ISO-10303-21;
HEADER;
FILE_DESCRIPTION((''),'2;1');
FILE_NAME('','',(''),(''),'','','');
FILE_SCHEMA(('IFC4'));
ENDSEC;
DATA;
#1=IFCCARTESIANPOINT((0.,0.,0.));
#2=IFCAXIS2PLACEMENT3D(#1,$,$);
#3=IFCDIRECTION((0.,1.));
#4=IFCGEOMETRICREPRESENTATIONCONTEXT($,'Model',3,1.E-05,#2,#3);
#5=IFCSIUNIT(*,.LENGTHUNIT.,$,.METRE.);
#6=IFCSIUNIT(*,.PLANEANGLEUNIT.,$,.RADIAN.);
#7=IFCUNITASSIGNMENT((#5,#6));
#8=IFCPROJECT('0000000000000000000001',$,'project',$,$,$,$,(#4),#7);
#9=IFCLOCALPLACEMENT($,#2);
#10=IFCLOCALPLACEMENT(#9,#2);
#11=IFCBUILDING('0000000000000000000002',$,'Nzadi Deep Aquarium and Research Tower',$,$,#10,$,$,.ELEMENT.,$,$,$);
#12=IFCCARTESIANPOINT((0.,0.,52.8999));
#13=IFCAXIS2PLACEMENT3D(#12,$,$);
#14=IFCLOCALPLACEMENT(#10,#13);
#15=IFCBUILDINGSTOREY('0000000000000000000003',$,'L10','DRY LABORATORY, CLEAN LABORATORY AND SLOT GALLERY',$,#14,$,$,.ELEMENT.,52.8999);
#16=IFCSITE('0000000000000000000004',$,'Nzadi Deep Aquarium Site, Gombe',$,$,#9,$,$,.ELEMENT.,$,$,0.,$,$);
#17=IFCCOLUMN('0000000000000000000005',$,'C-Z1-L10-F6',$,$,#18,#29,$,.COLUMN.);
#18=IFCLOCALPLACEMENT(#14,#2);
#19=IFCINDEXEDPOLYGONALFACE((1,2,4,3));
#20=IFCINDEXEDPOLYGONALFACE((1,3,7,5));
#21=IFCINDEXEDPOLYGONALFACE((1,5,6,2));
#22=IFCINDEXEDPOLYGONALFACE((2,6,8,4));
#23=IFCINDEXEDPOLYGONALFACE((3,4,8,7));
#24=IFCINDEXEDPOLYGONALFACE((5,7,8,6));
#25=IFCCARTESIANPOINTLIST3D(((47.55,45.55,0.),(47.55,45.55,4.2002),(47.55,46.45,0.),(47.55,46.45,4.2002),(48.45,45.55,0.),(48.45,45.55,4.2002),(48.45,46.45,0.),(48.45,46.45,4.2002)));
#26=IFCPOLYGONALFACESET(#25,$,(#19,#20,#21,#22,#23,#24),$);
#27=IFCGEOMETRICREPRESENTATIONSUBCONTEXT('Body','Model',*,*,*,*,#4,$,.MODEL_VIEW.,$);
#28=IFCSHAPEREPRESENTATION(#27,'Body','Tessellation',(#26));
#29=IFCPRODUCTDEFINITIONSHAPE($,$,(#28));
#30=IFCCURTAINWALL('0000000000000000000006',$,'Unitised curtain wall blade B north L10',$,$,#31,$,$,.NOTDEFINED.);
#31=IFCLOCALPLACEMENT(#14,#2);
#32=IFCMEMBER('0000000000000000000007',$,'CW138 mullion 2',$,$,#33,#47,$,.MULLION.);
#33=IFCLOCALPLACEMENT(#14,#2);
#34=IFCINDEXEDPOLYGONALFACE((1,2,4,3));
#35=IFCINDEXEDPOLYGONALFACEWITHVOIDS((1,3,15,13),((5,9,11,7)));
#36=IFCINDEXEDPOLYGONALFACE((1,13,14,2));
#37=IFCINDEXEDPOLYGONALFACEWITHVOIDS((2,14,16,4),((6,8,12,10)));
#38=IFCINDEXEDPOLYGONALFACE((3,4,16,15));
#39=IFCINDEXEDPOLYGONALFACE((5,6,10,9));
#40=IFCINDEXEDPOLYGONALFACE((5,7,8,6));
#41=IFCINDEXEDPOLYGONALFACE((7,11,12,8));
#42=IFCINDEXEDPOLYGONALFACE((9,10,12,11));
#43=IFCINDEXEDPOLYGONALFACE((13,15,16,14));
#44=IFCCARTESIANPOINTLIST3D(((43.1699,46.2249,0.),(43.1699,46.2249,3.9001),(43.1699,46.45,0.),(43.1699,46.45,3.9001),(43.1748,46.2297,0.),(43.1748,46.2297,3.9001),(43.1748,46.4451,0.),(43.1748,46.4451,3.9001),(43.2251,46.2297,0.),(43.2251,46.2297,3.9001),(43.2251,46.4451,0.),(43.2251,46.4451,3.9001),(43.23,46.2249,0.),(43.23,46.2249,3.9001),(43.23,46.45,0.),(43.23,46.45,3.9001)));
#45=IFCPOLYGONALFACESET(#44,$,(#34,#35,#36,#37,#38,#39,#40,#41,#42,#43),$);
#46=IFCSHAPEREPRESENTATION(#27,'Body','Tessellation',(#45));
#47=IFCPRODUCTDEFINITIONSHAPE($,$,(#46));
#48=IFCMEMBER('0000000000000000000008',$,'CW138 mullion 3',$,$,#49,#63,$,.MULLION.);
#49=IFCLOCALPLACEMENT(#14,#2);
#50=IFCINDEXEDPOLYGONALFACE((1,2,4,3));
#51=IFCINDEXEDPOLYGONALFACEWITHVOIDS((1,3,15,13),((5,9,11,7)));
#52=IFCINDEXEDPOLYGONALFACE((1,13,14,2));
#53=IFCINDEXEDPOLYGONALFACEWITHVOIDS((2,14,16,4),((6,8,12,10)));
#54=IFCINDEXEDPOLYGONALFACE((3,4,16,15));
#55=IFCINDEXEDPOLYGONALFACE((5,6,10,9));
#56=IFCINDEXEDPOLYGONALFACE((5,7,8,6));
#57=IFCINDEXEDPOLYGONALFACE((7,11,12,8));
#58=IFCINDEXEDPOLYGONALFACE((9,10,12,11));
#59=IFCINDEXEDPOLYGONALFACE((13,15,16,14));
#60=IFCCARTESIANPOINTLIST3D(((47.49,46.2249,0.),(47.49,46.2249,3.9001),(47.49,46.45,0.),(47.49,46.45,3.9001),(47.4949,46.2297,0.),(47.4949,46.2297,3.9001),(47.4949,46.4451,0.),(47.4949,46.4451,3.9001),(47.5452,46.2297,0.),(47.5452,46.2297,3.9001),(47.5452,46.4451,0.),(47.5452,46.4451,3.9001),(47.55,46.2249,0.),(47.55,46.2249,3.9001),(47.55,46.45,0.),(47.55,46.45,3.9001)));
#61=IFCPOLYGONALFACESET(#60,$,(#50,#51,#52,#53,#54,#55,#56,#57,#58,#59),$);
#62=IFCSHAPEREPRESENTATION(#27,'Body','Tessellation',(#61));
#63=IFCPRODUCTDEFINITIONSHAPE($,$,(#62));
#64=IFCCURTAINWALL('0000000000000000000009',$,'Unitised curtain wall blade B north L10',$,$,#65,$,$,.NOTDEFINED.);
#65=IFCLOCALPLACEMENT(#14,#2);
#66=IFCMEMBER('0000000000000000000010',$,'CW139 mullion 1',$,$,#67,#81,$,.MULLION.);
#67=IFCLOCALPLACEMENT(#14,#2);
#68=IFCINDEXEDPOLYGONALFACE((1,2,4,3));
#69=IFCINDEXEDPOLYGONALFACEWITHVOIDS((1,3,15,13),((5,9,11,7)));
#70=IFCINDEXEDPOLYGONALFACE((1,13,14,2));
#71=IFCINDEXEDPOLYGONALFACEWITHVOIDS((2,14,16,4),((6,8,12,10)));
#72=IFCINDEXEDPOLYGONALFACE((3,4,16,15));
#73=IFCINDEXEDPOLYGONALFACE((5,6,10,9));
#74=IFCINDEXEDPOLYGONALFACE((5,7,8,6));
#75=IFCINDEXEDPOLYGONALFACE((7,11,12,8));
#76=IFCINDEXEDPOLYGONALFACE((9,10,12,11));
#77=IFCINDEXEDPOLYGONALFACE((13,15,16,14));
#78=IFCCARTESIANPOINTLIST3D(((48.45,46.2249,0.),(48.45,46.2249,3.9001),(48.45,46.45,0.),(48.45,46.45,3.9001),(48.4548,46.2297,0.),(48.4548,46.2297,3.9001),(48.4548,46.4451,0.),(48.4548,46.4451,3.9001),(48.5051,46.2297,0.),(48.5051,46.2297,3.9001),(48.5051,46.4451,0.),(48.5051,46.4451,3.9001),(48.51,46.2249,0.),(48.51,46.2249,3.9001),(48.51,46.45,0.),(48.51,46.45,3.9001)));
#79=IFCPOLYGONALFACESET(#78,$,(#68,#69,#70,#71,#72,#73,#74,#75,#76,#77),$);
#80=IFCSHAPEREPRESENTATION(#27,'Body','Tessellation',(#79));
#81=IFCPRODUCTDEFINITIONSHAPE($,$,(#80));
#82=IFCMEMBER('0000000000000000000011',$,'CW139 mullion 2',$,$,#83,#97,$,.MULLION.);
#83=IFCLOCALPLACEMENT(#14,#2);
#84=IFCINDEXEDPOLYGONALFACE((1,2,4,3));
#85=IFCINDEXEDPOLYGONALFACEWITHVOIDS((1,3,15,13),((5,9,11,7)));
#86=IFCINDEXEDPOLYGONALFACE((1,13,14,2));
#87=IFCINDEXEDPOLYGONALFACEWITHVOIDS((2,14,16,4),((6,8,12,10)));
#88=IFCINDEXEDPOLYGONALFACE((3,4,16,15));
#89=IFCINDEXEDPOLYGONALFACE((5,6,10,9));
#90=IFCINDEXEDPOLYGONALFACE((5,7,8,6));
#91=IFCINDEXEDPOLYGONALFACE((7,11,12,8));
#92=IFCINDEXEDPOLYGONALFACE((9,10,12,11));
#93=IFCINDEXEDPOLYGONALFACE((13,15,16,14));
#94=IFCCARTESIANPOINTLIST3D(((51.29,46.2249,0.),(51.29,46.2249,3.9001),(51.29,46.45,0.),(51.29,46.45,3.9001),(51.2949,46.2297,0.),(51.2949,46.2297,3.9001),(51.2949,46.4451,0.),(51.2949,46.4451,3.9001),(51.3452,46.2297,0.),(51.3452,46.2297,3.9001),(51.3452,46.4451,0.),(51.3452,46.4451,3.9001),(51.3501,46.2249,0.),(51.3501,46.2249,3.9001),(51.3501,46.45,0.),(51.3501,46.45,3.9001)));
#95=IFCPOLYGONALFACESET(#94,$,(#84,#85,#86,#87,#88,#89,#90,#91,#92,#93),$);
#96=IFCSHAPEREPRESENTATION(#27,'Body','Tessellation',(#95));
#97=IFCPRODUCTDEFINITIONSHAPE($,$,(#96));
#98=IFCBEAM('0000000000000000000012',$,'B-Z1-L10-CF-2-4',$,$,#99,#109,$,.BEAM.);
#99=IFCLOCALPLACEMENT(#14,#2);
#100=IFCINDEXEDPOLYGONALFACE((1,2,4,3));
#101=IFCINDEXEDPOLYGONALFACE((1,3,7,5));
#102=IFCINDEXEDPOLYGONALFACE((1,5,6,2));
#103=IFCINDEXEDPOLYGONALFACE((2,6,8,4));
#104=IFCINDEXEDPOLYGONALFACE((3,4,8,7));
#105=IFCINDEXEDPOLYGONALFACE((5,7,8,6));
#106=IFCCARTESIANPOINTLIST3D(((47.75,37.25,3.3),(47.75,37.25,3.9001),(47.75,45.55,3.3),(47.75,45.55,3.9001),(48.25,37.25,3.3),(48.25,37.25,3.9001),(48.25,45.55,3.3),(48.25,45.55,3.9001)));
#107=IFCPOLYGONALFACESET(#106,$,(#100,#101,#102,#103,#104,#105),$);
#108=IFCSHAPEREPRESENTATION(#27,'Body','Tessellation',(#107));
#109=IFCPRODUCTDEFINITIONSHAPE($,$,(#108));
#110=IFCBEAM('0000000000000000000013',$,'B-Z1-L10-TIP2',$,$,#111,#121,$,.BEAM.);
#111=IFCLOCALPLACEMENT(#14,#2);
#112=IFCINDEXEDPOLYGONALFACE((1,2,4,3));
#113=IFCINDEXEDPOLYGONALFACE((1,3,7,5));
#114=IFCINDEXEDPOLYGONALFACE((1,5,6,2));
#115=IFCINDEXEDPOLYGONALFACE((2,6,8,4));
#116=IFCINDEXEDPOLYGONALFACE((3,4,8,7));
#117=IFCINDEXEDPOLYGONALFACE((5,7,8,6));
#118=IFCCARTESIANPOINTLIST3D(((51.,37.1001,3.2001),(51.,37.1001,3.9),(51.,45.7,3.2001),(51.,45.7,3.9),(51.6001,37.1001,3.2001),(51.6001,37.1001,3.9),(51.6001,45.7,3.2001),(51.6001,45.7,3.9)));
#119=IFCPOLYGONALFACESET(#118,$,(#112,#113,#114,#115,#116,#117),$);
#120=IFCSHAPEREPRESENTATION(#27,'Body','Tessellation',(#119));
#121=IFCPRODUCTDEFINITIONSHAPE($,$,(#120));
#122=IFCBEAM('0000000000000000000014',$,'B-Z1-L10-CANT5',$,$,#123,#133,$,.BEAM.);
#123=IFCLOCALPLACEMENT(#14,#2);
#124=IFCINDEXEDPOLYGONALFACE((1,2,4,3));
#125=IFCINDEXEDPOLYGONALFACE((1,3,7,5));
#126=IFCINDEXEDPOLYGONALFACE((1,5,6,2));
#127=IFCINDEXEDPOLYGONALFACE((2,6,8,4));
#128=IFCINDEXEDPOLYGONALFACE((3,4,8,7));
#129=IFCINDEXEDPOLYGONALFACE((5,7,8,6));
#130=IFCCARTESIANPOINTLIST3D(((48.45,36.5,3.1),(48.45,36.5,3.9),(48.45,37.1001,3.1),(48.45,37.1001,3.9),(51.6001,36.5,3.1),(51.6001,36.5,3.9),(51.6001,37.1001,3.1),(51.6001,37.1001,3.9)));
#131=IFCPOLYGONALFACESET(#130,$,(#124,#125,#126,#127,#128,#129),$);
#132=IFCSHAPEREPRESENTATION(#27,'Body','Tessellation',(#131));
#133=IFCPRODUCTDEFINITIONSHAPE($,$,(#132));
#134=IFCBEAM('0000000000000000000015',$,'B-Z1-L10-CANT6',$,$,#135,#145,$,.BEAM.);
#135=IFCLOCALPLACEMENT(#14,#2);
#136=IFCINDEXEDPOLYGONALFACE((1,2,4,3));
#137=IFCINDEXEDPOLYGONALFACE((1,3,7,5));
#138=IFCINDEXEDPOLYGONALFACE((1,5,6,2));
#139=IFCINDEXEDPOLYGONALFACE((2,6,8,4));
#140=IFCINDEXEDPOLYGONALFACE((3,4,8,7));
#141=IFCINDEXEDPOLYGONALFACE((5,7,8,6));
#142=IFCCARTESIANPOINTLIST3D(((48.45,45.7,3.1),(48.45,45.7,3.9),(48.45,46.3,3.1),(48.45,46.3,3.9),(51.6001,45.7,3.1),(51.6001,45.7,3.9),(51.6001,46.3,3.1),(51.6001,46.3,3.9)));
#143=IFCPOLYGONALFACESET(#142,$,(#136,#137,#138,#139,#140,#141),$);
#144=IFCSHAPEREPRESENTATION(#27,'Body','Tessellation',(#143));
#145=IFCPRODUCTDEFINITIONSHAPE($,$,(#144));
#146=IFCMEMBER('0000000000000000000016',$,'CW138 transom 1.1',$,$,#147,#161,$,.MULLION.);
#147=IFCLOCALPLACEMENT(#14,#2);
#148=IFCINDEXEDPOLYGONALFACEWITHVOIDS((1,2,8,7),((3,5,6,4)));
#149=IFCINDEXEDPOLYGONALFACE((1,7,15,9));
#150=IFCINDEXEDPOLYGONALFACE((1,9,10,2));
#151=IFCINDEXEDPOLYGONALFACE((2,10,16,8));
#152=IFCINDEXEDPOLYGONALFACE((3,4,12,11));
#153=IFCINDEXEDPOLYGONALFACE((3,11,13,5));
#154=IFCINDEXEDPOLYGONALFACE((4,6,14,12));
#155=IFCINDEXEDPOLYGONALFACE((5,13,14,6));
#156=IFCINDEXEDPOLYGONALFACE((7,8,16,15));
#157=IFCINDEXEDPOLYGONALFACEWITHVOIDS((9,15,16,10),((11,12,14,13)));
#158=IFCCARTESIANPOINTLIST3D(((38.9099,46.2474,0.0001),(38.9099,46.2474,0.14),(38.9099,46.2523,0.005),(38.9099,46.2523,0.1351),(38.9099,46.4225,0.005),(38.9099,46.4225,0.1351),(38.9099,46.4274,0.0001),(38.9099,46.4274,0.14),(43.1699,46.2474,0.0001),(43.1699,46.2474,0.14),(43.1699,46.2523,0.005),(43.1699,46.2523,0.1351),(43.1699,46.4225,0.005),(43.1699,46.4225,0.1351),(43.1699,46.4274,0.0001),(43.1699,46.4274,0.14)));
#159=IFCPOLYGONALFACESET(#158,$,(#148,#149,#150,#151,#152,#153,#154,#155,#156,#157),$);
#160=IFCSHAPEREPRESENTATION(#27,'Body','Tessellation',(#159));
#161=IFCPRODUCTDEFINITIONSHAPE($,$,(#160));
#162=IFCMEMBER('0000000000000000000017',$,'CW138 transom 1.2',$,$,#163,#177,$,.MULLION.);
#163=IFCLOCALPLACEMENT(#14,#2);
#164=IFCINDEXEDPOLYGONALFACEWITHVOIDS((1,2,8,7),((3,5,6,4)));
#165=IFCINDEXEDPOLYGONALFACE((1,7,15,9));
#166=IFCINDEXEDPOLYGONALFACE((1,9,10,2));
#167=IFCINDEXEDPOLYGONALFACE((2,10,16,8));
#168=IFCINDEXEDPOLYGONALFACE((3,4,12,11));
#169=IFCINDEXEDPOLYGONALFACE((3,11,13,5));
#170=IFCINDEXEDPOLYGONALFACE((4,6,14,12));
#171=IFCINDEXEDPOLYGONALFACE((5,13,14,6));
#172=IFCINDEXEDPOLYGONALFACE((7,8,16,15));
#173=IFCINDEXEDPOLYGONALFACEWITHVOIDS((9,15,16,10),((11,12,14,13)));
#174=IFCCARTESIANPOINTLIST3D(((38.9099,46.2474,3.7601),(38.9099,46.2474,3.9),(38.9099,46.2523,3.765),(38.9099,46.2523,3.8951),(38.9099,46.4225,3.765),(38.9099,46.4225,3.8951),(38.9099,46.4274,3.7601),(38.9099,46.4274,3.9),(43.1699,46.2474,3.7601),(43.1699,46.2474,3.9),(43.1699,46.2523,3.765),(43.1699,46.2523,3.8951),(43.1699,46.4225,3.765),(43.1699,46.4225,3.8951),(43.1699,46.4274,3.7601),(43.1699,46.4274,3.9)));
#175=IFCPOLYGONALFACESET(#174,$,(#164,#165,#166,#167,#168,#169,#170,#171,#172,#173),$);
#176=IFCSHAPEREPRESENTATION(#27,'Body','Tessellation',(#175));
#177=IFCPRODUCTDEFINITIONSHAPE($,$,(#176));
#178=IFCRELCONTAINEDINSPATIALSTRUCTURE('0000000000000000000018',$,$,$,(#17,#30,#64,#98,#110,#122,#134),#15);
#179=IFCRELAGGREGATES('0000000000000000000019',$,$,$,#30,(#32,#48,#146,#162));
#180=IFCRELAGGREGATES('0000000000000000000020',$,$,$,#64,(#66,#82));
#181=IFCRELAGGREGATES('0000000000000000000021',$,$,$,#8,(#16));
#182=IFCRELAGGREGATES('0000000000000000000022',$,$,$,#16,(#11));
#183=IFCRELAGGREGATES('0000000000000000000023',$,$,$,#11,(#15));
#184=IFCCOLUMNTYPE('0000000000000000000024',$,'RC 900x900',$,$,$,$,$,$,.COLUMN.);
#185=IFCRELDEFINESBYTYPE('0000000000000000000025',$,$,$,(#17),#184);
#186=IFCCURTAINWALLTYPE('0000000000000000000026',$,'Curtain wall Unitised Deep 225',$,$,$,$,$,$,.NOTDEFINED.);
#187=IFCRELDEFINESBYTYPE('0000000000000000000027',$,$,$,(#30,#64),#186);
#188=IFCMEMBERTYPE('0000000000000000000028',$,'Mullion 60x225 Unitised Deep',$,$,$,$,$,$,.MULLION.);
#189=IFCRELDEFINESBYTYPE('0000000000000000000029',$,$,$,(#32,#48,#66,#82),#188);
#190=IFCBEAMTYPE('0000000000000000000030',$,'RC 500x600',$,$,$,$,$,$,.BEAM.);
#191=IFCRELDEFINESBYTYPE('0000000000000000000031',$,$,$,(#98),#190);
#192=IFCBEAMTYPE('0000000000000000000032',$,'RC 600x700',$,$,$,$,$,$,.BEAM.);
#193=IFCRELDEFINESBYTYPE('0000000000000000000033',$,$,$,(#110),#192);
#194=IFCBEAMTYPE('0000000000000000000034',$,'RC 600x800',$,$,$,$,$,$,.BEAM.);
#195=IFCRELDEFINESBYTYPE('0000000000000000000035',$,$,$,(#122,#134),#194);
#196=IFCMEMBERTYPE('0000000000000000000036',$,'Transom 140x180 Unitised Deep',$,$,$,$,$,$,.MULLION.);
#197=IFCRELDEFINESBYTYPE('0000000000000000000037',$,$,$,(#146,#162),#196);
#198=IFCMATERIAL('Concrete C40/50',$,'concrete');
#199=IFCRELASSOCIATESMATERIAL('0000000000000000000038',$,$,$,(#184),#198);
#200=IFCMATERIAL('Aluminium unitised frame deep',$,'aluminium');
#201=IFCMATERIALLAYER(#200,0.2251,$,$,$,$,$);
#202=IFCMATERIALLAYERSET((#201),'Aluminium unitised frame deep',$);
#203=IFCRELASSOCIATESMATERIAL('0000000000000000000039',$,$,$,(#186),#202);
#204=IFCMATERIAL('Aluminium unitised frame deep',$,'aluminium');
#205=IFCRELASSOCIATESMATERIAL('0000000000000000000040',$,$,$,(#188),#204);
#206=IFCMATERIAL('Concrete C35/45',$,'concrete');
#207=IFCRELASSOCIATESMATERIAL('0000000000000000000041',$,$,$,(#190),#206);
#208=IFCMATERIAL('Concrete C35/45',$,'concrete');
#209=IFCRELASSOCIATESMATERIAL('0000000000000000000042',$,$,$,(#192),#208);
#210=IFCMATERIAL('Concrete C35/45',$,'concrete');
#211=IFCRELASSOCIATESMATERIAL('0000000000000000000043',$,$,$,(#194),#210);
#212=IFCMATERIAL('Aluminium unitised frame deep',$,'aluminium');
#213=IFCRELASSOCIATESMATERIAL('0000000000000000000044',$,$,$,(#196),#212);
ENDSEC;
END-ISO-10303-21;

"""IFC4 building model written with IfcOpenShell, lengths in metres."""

from ifc_helpers import new_model, si_unit, direction, frame, origin, origin_2d, place, context, subcontext, project, spatial, rectangle, hollow_rectangle, extrude, material, layer, layer_set, material_profile, profile_set, type_object, element, aggregate, save


model = new_model("IFC4")

# Units and contexts
model_context = context("Model", 3, precision=1e-05, world=origin(), true_north=direction((0.0, 1.0)))
body_context = subcontext(model_context, "Body", "Model", "MODEL_VIEW")
ifc_project = project(units=[si_unit("LENGTHUNIT", "METRE"), si_unit("PLANEANGLEUNIT", "RADIAN")], contexts=[model_context])

# Site, building, storey
site_placement = place(None, origin())
site = spatial("IfcSite", under=ifc_project, at=site_placement, Name="Nzadi Deep Aquarium Site, Gombe", CompositionType="ELEMENT", RefElevation=0.0)
building_placement = place(site_placement, origin())
building = spatial("IfcBuilding", under=site, at=building_placement, Name="Nzadi Deep Aquarium and Research Tower", CompositionType="ELEMENT")
storey_placement = place(building_placement, frame((0.0, 0.0, 52.8999)))
storey = spatial("IfcBuildingStorey", under=building, at=storey_placement, Name="L10", Description="DRY LABORATORY, CLEAN LABORATORY AND SLOT GALLERY", CompositionType="ELEMENT", Elevation=52.8999)

# Column
ifc_material_1 = material(Name="Concrete C40/50", Category="concrete")
ifc_material_profile_1 = material_profile(ifc_material_1, rectangle(XDim=0.8999, YDim=0.8999, at=origin_2d()))
ifc_profile_set_1 = profile_set([ifc_material_profile_1], Name="Concrete C40/50")
column_type = type_object("IfcColumnType", Name="RC 900x900", PredefinedType="COLUMN", material=ifc_profile_set_1)
column_placement = place(storey_placement, frame((48.0, 46.0, 0.0), z_axis=(0.0, 0.0, 1.0), x_axis=(1.0, 0.0, 0.0)))
element("IfcColumn", 1, at=column_placement, inside=storey, type_object=column_type, Name="C-Z1-L10-F6", PredefinedType="COLUMN", context=body_context, shape_type="SweptSolid", body=[
    extrude(rectangle(XDim=0.8999, YDim=0.8999, at=origin_2d()), origin(), (0.0, 0.0, 1.0), 4.2002),
])

# Curtain walls, members
ifc_material_2 = material(Name="Aluminium unitised frame deep", Category="aluminium")
ifc_layer_1 = layer(ifc_material_2, 0.2251)
ifc_layer_set_1 = layer_set([ifc_layer_1], Name="Aluminium unitised frame deep")
curtain_wall_type = type_object("IfcCurtainWallType", Name="Curtain wall Unitised Deep 225", PredefinedType="NOTDEFINED", material=ifc_layer_set_1)
curtain_wall_1_placement = place(storey_placement, origin())
curtain_wall_1 = element("IfcCurtainWall", 2, at=curtain_wall_1_placement, inside=storey, type_object=curtain_wall_type, Name="Unitised curtain wall blade B north L10", PredefinedType="NOTDEFINED")
ifc_material_3 = material(Name="Aluminium unitised frame deep", Category="aluminium")
ifc_material_profile_2 = material_profile(ifc_material_3, hollow_rectangle(XDim=0.2251, YDim=0.0601, WallThickness=0.0049, at=origin_2d()))
ifc_profile_set_2 = profile_set([ifc_material_profile_2], Name="Aluminium unitised frame deep")
member_type_1 = type_object("IfcMemberType", Name="Mullion 60x225 Unitised Deep", PredefinedType="MULLION", material=ifc_profile_set_2)
member_1_placement = place(storey_placement, frame((43.2, 46.3374, 0.0), z_axis=(0.0, 0.0, 1.0), x_axis=(0.0, 1.0, 0.0)))
member_1 = element("IfcMember", 3, at=member_1_placement, type_object=member_type_1, Name="CW138 mullion 2", PredefinedType="MULLION", context=body_context, shape_type="SweptSolid", body=[
    extrude(hollow_rectangle(XDim=0.2251, YDim=0.0601, WallThickness=0.0049, at=origin_2d()), origin(), (0.0, 0.0, 1.0), 3.9001),
])
member_2_placement = place(storey_placement, frame((47.52, 46.3374, 0.0), z_axis=(0.0, 0.0, 1.0), x_axis=(0.0, 1.0, 0.0)))
member_2 = element("IfcMember", 4, at=member_2_placement, type_object=member_type_1, Name="CW138 mullion 3", PredefinedType="MULLION", context=body_context, shape_type="SweptSolid", body=[
    extrude(hollow_rectangle(XDim=0.2251, YDim=0.0601, WallThickness=0.0049, at=origin_2d()), origin(), (0.0, 0.0, 1.0), 3.9001),
])
curtain_wall_2_placement = place(storey_placement, origin())
curtain_wall_2 = element("IfcCurtainWall", 5, at=curtain_wall_2_placement, inside=storey, type_object=curtain_wall_type, Name="Unitised curtain wall blade B north L10", PredefinedType="NOTDEFINED")
member_3_placement = place(storey_placement, frame((48.48, 46.3374, 0.0), z_axis=(0.0, 0.0, 1.0), x_axis=(0.0, 1.0, 0.0)))
member_3 = element("IfcMember", 6, at=member_3_placement, type_object=member_type_1, Name="CW139 mullion 1", PredefinedType="MULLION", context=body_context, shape_type="SweptSolid", body=[
    extrude(hollow_rectangle(XDim=0.2251, YDim=0.0601, WallThickness=0.0049, at=origin_2d()), origin(), (0.0, 0.0, 1.0), 3.9001),
])
member_4_placement = place(storey_placement, frame((51.3201, 46.3374, 0.0), z_axis=(0.0, 0.0, 1.0), x_axis=(0.0, 1.0, 0.0)))
member_4 = element("IfcMember", 7, at=member_4_placement, type_object=member_type_1, Name="CW139 mullion 2", PredefinedType="MULLION", context=body_context, shape_type="SweptSolid", body=[
    extrude(hollow_rectangle(XDim=0.2251, YDim=0.0601, WallThickness=0.0049, at=origin_2d()), origin(), (0.0, 0.0, 1.0), 3.9001),
])

# Beams
ifc_material_4 = material(Name="Concrete C35/45", Category="concrete")
ifc_material_profile_3 = material_profile(ifc_material_4, rectangle(XDim=0.5, YDim=0.6001, at=origin_2d()))
ifc_profile_set_3 = profile_set([ifc_material_profile_3], Name="Concrete C35/45")
beam_type_1 = type_object("IfcBeamType", Name="RC 500x600", PredefinedType="BEAM", material=ifc_profile_set_3)
beam_1_placement = place(storey_placement, frame((48.0, 37.25, 3.6001), z_axis=(0.0, 1.0, 0.0), x_axis=(-1.0, 0.0, 0.0)))
element("IfcBeam", 8, at=beam_1_placement, inside=storey, type_object=beam_type_1, Name="B-Z1-L10-CF-2-4", PredefinedType="BEAM", context=body_context, shape_type="SweptSolid", body=[
    extrude(rectangle(XDim=0.5, YDim=0.6001, at=origin_2d()), origin(), (0.0, 0.0, 1.0), 8.3),
])
ifc_material_5 = material(Name="Concrete C35/45", Category="concrete")
ifc_material_profile_4 = material_profile(ifc_material_5, rectangle(XDim=0.6001, YDim=0.7, at=origin_2d()))
ifc_profile_set_4 = profile_set([ifc_material_profile_4], Name="Concrete C35/45")
beam_type_2 = type_object("IfcBeamType", Name="RC 600x700", PredefinedType="BEAM", material=ifc_profile_set_4)
beam_2_placement = place(storey_placement, frame((51.3, 37.1001, 3.55), z_axis=(0.0, 1.0, 0.0), x_axis=(-1.0, 0.0, 0.0)))
element("IfcBeam", 9, at=beam_2_placement, inside=storey, type_object=beam_type_2, Name="B-Z1-L10-TIP2", PredefinedType="BEAM", context=body_context, shape_type="SweptSolid", body=[
    extrude(rectangle(XDim=0.6001, YDim=0.7, at=origin_2d()), origin(), (0.0, 0.0, 1.0), 8.5999),
])
ifc_material_6 = material(Name="Concrete C35/45", Category="concrete")
ifc_material_profile_5 = material_profile(ifc_material_6, rectangle(XDim=0.6001, YDim=0.8, at=origin_2d()))
ifc_profile_set_5 = profile_set([ifc_material_profile_5], Name="Concrete C35/45")
beam_type_3 = type_object("IfcBeamType", Name="RC 600x800", PredefinedType="BEAM", material=ifc_profile_set_5)
for number, where, z_axis, x_axis, name in (
    (10, (48.45, 36.8, 3.5), (1.0, 0.0, 0.0), (0.0, 1.0, 0.0), "B-Z1-L10-CANT5"),
    (11, (48.45, 46.0, 3.5), (1.0, 0.0, 0.0), (0.0, 1.0, 0.0), "B-Z1-L10-CANT6"),
):
    element("IfcBeam", number, at=place(storey_placement, frame(where, z_axis=z_axis, x_axis=x_axis)), inside=storey, type_object=beam_type_3, Name=name, PredefinedType="BEAM", context=body_context, shape_type="SweptSolid", body=[
        extrude(rectangle(XDim=0.6001, YDim=0.8, at=origin_2d()), origin(), (0.0, 0.0, 1.0), 3.1501),
    ])

# Members
ifc_material_7 = material(Name="Aluminium unitised frame deep", Category="aluminium")
ifc_material_profile_6 = material_profile(ifc_material_7, hollow_rectangle(XDim=0.1799, YDim=0.1399, WallThickness=0.0049, at=origin_2d()))
ifc_profile_set_6 = profile_set([ifc_material_profile_6], Name="Aluminium unitised frame deep")
member_type_2 = type_object("IfcMemberType", Name="Transom 140x180 Unitised Deep", PredefinedType="MULLION", material=ifc_profile_set_6)
member_5_placement = place(storey_placement, frame((38.9099, 46.3374, 0.0701), z_axis=(1.0, 0.0, 0.0), x_axis=(0.0, 1.0, 0.0)))
member_5 = element("IfcMember", 12, at=member_5_placement, type_object=member_type_2, Name="CW138 transom 1.1", PredefinedType="MULLION", context=body_context, shape_type="SweptSolid", body=[
    extrude(hollow_rectangle(XDim=0.1799, YDim=0.1399, WallThickness=0.0049, at=origin_2d()), origin(), (0.0, 0.0, 1.0), 4.26),
])
member_6_placement = place(storey_placement, frame((38.9099, 46.3374, 3.8301), z_axis=(1.0, 0.0, 0.0), x_axis=(0.0, 1.0, 0.0)))
member_6 = element("IfcMember", 13, at=member_6_placement, type_object=member_type_2, Name="CW138 transom 1.2", PredefinedType="MULLION", context=body_context, shape_type="SweptSolid", body=[
    extrude(hollow_rectangle(XDim=0.1799, YDim=0.1399, WallThickness=0.0049, at=origin_2d()), origin(), (0.0, 0.0, 1.0), 4.26),
])

aggregate(curtain_wall_1, [member_1, member_2, member_5, member_6])
aggregate(curtain_wall_2, [member_3, member_4])

save(model, "model.ifc")
